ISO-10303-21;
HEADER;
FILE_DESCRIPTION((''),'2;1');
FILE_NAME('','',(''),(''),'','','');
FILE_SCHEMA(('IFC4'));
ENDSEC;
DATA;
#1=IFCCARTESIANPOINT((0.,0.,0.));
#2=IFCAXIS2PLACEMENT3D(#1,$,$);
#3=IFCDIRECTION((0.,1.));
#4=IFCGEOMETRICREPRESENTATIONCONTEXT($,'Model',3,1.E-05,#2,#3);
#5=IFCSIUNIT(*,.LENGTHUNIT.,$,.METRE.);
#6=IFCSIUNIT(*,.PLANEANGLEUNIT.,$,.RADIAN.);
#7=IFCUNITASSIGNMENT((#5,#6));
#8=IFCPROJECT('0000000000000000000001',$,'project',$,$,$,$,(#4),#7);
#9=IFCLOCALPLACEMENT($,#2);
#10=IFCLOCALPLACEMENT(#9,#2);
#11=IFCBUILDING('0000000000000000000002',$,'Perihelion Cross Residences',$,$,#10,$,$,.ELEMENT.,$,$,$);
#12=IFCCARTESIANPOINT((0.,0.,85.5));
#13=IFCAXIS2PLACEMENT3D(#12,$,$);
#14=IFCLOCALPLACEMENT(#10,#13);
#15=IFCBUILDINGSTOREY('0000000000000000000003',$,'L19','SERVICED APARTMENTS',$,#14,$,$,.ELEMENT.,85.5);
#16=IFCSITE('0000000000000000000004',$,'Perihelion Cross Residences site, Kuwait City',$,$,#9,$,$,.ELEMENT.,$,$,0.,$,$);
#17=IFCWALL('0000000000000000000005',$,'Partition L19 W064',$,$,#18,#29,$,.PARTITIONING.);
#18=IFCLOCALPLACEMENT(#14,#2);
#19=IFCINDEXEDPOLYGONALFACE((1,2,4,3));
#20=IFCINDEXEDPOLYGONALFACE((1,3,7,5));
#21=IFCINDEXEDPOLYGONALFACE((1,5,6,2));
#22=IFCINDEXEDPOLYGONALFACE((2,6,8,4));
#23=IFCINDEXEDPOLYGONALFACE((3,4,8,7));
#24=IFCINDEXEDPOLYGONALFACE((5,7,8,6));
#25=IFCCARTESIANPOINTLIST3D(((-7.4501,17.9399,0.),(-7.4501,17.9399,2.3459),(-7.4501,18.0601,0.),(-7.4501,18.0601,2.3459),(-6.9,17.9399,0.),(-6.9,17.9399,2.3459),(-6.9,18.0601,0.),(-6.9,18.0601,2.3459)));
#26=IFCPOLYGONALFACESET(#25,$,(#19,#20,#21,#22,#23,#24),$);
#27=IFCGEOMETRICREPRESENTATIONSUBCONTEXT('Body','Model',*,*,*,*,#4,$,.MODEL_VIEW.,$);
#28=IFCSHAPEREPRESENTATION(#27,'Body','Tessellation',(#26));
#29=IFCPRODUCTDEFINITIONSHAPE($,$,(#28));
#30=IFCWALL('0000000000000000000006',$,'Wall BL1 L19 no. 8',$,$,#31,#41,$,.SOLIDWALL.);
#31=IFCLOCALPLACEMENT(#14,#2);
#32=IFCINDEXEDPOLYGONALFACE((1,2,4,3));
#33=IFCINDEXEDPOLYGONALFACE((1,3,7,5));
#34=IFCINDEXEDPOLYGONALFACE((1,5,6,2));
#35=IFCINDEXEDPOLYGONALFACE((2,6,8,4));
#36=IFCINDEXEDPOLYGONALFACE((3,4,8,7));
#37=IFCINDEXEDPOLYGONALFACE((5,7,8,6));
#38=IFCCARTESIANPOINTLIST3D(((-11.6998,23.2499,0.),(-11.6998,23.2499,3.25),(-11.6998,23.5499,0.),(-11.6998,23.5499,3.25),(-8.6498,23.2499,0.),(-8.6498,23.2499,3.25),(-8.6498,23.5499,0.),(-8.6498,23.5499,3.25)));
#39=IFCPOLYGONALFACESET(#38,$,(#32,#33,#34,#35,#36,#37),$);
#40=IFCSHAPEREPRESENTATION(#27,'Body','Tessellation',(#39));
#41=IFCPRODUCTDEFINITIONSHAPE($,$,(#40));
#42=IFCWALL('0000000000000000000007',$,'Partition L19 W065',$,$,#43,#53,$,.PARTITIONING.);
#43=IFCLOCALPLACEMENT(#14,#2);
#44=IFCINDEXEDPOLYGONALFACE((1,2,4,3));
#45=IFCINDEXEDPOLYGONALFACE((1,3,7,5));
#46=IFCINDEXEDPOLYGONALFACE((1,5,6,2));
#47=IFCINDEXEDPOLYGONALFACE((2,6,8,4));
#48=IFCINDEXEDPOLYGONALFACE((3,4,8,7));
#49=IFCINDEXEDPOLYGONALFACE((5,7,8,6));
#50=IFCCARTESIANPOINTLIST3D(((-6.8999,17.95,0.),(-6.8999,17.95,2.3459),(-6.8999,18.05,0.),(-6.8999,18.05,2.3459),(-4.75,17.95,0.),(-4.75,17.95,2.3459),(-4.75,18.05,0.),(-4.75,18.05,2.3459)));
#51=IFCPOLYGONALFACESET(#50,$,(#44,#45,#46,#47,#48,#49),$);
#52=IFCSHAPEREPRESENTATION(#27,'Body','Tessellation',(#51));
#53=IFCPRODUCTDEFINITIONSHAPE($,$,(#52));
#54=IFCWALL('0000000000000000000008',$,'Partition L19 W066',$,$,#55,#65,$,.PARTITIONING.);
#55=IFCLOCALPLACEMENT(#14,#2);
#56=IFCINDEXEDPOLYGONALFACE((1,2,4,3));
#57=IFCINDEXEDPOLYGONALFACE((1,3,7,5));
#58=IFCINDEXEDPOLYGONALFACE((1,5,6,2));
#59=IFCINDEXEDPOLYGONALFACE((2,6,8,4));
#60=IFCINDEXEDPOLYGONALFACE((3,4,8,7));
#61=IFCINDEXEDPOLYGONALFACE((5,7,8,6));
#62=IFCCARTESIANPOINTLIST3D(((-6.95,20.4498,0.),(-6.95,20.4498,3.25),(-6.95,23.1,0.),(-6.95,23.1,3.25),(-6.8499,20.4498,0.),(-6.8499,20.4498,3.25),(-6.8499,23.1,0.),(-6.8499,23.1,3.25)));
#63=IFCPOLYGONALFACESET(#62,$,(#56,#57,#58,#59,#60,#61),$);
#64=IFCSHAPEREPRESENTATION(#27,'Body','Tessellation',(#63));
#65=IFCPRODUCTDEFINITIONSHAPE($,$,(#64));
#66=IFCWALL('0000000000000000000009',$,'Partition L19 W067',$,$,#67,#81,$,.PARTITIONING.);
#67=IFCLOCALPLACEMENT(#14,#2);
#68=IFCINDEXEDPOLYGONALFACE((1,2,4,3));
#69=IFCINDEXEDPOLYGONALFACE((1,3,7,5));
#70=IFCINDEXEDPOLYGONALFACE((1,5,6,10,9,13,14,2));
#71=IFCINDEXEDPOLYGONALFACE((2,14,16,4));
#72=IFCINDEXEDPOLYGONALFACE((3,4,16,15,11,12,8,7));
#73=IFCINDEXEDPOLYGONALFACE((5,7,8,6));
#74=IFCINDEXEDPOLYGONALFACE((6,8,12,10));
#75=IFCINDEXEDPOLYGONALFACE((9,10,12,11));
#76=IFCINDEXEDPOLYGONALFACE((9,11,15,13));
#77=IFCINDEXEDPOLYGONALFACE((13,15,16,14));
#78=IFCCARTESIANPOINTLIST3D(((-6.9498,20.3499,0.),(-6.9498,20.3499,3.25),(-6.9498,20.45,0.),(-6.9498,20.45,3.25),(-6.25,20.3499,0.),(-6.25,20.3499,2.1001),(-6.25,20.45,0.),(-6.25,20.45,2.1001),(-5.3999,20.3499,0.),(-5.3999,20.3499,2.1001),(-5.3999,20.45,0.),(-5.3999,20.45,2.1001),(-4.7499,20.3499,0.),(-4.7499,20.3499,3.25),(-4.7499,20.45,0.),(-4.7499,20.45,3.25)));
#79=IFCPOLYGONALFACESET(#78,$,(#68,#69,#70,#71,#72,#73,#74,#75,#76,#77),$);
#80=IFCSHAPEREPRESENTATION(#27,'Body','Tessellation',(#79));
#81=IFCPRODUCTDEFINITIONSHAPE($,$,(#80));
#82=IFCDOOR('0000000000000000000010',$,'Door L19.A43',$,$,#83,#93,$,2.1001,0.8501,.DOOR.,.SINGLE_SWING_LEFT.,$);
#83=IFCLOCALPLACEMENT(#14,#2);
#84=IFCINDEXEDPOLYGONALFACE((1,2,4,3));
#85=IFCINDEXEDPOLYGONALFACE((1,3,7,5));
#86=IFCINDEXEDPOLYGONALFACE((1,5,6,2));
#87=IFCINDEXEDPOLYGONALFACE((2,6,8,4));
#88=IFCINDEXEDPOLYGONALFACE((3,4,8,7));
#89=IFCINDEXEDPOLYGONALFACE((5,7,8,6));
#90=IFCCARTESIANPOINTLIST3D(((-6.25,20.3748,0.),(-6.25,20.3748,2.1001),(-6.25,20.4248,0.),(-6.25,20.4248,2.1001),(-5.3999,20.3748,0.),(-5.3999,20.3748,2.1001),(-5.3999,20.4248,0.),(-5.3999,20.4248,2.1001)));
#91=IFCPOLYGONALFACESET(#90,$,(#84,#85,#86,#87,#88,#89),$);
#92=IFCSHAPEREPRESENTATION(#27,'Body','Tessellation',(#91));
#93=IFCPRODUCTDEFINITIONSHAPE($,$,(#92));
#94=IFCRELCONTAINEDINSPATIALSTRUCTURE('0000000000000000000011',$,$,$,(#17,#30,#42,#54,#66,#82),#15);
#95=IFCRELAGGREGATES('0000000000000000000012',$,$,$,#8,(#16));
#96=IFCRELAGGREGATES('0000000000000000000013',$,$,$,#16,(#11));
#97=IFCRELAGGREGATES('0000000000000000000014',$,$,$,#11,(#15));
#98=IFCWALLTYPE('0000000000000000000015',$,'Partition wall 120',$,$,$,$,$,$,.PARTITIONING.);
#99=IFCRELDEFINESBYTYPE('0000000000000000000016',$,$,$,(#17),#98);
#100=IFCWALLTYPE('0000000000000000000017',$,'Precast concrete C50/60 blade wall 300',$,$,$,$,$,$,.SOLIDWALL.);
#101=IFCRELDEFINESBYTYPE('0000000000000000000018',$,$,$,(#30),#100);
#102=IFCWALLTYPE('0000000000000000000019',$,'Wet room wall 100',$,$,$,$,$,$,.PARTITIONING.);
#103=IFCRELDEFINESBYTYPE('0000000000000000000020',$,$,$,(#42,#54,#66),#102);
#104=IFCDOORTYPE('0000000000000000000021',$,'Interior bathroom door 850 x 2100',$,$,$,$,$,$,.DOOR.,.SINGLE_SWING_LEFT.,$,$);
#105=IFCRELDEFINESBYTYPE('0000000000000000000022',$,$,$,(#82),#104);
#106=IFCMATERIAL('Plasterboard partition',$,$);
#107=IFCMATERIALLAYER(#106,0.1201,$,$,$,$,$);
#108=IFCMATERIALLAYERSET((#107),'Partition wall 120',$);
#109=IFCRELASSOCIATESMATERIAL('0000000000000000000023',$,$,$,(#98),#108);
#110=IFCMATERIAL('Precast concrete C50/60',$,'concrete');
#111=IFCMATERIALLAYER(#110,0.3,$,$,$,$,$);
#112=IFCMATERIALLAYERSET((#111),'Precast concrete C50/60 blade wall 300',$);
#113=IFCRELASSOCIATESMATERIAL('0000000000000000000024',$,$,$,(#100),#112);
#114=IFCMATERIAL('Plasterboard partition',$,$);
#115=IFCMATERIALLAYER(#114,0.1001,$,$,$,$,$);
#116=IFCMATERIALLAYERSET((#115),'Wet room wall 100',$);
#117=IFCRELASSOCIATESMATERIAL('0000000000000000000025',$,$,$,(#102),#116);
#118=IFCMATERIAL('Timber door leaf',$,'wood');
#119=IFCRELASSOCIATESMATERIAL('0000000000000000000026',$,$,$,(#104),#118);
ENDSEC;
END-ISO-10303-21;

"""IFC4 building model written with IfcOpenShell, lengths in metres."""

from ifc_helpers import new_model, si_unit, direction, frame, frame_2d, origin, place, context, subcontext, project, spatial, rectangle, extrude, material, layer, layer_set, type_object, element, fill, save


model = new_model("IFC4")

# Units and contexts
model_context = context("Model", 3, precision=1e-05, world=origin(), true_north=direction((0.0, 1.0)))
body_context = subcontext(model_context, "Body", "Model", "MODEL_VIEW")
ifc_project = project(units=[si_unit("LENGTHUNIT", "METRE"), si_unit("PLANEANGLEUNIT", "RADIAN")], contexts=[model_context])

# Site, building, storey
site_placement = place(None, origin())
site = spatial("IfcSite", under=ifc_project, at=site_placement, Name="Perihelion Cross Residences site, Kuwait City", CompositionType="ELEMENT", RefElevation=0.0)
building_placement = place(site_placement, origin())
building = spatial("IfcBuilding", under=site, at=building_placement, Name="Perihelion Cross Residences", CompositionType="ELEMENT")
storey_placement = place(building_placement, frame((0.0, 0.0, 85.5)))
storey = spatial("IfcBuildingStorey", under=building, at=storey_placement, Name="L19", Description="SERVICED APARTMENTS", CompositionType="ELEMENT", Elevation=85.5)

# Shared definitions
ifc_material_1 = material(Name="Plasterboard partition")
ifc_layer_1 = layer(ifc_material_1, 0.1201)
ifc_layer_set_1 = layer_set([ifc_layer_1], Name="Partition wall 120")
wall_type_1 = type_object("IfcWallType", Name="Partition wall 120", PredefinedType="PARTITIONING", material=ifc_layer_set_1)

# Walls
wall_1_placement = place(storey_placement, frame((-7.45, 18.0, 0.0), z_axis=(0.0, 0.0, 1.0), x_axis=(1.0, 0.0, 0.0)))
element("IfcWall", 1, at=wall_1_placement, inside=storey, type_object=wall_type_1, Name="Partition L19 W064", PredefinedType="PARTITIONING", context=body_context, shape_type="SweptSolid", body=[
    extrude(rectangle(XDim=0.55, YDim=0.1201, at=frame_2d((0.2749, 0.0))), origin(), (0.0, 0.0, 1.0), 2.3459),
])
ifc_material_2 = material(Name="Precast concrete C50/60", Category="concrete")
ifc_layer_2 = layer(ifc_material_2, 0.3)
ifc_layer_set_2 = layer_set([ifc_layer_2], Name="Precast concrete C50/60 blade wall 300")
wall_type_2 = type_object("IfcWallType", Name="Precast concrete C50/60 blade wall 300", PredefinedType="SOLIDWALL", material=ifc_layer_set_2)
wall_2_placement = place(storey_placement, frame((-8.6499, 23.3999, 0.0), z_axis=(0.0, 0.0, 1.0), x_axis=(-1.0, 0.0, 0.0)))
element("IfcWall", 2, at=wall_2_placement, inside=storey, type_object=wall_type_2, Name="Wall BL1 L19 no. 8", PredefinedType="SOLIDWALL", context=body_context, shape_type="SweptSolid", body=[
    extrude(rectangle(XDim=3.05, YDim=0.3, at=frame_2d((1.5249, 0.0))), origin(), (0.0, 0.0, 1.0), 3.25),
])
ifc_material_3 = material(Name="Plasterboard partition")
ifc_layer_3 = layer(ifc_material_3, 0.1001)
ifc_layer_set_3 = layer_set([ifc_layer_3], Name="Wet room wall 100")
wall_type_3 = type_object("IfcWallType", Name="Wet room wall 100", PredefinedType="PARTITIONING", material=ifc_layer_set_3)
wall_3_placement = place(storey_placement, frame((-6.8999, 18.0, 0.0), z_axis=(0.0, 0.0, 1.0), x_axis=(1.0, 0.0, 0.0)))
element("IfcWall", 3, at=wall_3_placement, inside=storey, type_object=wall_type_3, Name="Partition L19 W065", PredefinedType="PARTITIONING", context=body_context, shape_type="SweptSolid", body=[
    extrude(rectangle(XDim=2.1499, YDim=0.1001, at=frame_2d((1.075, 0.0))), origin(), (0.0, 0.0, 1.0), 2.3459),
])
wall_4_placement = place(storey_placement, frame((-6.8999, 23.1001, 0.0), z_axis=(0.0, 0.0, 1.0), x_axis=(0.0, -1.0, 0.0)))
element("IfcWall", 4, at=wall_4_placement, inside=storey, type_object=wall_type_3, Name="Partition L19 W066", PredefinedType="PARTITIONING", context=body_context, shape_type="SweptSolid", body=[
    extrude(rectangle(XDim=2.6501, YDim=0.1001, at=frame_2d((1.3252, 0.0))), origin(), (0.0, 0.0, 1.0), 3.25),
])

# Wall, opening, door
wall_5_placement = place(storey_placement, frame((-6.95, 20.3999, 0.0), z_axis=(0.0, 0.0, 1.0), x_axis=(1.0, 0.0, 0.0)))
wall_5 = element("IfcWall", 5, at=wall_5_placement, inside=storey, type_object=wall_type_3, Name="Partition L19 W067", PredefinedType="PARTITIONING", context=body_context, shape_type="SweptSolid", body=[
    extrude(rectangle(XDim=2.2, YDim=0.1001, at=frame_2d((1.1001, 0.0))), origin(), (0.0, 0.0, 1.0), 3.25),
])
opening_1_placement = place(wall_5_placement, frame((0.7, 0.0, 0.0)))
opening_1 = element("IfcOpeningElement", 6, at=opening_1_placement, cuts=wall_5, PredefinedType="OPENING", context=body_context, shape_type="SweptSolid", body=[
    extrude(rectangle(XDim=0.8501, YDim=2.1001, at=frame_2d((0.425, 1.05))), frame((0.0, 0.0601, 0.0), z_axis=(0.0, -1.0, 0.0), x_axis=(1.0, 0.0, 0.0)), (0.0, 0.0, 1.0), 0.1201),
])
ifc_material_4 = material(Name="Timber door leaf", Category="wood")
door_type_1 = type_object("IfcDoorType", Name="Interior bathroom door 850 x 2100", OperationType="SINGLE_SWING_LEFT", PredefinedType="DOOR", material=ifc_material_4)
door_1_placement = place(opening_1_placement, origin())
door_1 = element("IfcDoor", 7, at=door_1_placement, inside=storey, type_object=door_type_1, Name="Door L19.A43", OperationType="SINGLE_SWING_LEFT", OverallHeight=2.1001, OverallWidth=0.8501, PredefinedType="DOOR", context=body_context, shape_type="SweptSolid", body=[
    extrude(rectangle(XDim=0.8501, YDim=2.1001, at=frame_2d((0.425, 1.05))), frame((0.0, 0.0249, 0.0), z_axis=(0.0, -1.0, 0.0), x_axis=(1.0, 0.0, 0.0)), (0.0, 0.0, 1.0), 0.05),
])
fill(opening_1, door_1)

save(model, "model.ifc")
